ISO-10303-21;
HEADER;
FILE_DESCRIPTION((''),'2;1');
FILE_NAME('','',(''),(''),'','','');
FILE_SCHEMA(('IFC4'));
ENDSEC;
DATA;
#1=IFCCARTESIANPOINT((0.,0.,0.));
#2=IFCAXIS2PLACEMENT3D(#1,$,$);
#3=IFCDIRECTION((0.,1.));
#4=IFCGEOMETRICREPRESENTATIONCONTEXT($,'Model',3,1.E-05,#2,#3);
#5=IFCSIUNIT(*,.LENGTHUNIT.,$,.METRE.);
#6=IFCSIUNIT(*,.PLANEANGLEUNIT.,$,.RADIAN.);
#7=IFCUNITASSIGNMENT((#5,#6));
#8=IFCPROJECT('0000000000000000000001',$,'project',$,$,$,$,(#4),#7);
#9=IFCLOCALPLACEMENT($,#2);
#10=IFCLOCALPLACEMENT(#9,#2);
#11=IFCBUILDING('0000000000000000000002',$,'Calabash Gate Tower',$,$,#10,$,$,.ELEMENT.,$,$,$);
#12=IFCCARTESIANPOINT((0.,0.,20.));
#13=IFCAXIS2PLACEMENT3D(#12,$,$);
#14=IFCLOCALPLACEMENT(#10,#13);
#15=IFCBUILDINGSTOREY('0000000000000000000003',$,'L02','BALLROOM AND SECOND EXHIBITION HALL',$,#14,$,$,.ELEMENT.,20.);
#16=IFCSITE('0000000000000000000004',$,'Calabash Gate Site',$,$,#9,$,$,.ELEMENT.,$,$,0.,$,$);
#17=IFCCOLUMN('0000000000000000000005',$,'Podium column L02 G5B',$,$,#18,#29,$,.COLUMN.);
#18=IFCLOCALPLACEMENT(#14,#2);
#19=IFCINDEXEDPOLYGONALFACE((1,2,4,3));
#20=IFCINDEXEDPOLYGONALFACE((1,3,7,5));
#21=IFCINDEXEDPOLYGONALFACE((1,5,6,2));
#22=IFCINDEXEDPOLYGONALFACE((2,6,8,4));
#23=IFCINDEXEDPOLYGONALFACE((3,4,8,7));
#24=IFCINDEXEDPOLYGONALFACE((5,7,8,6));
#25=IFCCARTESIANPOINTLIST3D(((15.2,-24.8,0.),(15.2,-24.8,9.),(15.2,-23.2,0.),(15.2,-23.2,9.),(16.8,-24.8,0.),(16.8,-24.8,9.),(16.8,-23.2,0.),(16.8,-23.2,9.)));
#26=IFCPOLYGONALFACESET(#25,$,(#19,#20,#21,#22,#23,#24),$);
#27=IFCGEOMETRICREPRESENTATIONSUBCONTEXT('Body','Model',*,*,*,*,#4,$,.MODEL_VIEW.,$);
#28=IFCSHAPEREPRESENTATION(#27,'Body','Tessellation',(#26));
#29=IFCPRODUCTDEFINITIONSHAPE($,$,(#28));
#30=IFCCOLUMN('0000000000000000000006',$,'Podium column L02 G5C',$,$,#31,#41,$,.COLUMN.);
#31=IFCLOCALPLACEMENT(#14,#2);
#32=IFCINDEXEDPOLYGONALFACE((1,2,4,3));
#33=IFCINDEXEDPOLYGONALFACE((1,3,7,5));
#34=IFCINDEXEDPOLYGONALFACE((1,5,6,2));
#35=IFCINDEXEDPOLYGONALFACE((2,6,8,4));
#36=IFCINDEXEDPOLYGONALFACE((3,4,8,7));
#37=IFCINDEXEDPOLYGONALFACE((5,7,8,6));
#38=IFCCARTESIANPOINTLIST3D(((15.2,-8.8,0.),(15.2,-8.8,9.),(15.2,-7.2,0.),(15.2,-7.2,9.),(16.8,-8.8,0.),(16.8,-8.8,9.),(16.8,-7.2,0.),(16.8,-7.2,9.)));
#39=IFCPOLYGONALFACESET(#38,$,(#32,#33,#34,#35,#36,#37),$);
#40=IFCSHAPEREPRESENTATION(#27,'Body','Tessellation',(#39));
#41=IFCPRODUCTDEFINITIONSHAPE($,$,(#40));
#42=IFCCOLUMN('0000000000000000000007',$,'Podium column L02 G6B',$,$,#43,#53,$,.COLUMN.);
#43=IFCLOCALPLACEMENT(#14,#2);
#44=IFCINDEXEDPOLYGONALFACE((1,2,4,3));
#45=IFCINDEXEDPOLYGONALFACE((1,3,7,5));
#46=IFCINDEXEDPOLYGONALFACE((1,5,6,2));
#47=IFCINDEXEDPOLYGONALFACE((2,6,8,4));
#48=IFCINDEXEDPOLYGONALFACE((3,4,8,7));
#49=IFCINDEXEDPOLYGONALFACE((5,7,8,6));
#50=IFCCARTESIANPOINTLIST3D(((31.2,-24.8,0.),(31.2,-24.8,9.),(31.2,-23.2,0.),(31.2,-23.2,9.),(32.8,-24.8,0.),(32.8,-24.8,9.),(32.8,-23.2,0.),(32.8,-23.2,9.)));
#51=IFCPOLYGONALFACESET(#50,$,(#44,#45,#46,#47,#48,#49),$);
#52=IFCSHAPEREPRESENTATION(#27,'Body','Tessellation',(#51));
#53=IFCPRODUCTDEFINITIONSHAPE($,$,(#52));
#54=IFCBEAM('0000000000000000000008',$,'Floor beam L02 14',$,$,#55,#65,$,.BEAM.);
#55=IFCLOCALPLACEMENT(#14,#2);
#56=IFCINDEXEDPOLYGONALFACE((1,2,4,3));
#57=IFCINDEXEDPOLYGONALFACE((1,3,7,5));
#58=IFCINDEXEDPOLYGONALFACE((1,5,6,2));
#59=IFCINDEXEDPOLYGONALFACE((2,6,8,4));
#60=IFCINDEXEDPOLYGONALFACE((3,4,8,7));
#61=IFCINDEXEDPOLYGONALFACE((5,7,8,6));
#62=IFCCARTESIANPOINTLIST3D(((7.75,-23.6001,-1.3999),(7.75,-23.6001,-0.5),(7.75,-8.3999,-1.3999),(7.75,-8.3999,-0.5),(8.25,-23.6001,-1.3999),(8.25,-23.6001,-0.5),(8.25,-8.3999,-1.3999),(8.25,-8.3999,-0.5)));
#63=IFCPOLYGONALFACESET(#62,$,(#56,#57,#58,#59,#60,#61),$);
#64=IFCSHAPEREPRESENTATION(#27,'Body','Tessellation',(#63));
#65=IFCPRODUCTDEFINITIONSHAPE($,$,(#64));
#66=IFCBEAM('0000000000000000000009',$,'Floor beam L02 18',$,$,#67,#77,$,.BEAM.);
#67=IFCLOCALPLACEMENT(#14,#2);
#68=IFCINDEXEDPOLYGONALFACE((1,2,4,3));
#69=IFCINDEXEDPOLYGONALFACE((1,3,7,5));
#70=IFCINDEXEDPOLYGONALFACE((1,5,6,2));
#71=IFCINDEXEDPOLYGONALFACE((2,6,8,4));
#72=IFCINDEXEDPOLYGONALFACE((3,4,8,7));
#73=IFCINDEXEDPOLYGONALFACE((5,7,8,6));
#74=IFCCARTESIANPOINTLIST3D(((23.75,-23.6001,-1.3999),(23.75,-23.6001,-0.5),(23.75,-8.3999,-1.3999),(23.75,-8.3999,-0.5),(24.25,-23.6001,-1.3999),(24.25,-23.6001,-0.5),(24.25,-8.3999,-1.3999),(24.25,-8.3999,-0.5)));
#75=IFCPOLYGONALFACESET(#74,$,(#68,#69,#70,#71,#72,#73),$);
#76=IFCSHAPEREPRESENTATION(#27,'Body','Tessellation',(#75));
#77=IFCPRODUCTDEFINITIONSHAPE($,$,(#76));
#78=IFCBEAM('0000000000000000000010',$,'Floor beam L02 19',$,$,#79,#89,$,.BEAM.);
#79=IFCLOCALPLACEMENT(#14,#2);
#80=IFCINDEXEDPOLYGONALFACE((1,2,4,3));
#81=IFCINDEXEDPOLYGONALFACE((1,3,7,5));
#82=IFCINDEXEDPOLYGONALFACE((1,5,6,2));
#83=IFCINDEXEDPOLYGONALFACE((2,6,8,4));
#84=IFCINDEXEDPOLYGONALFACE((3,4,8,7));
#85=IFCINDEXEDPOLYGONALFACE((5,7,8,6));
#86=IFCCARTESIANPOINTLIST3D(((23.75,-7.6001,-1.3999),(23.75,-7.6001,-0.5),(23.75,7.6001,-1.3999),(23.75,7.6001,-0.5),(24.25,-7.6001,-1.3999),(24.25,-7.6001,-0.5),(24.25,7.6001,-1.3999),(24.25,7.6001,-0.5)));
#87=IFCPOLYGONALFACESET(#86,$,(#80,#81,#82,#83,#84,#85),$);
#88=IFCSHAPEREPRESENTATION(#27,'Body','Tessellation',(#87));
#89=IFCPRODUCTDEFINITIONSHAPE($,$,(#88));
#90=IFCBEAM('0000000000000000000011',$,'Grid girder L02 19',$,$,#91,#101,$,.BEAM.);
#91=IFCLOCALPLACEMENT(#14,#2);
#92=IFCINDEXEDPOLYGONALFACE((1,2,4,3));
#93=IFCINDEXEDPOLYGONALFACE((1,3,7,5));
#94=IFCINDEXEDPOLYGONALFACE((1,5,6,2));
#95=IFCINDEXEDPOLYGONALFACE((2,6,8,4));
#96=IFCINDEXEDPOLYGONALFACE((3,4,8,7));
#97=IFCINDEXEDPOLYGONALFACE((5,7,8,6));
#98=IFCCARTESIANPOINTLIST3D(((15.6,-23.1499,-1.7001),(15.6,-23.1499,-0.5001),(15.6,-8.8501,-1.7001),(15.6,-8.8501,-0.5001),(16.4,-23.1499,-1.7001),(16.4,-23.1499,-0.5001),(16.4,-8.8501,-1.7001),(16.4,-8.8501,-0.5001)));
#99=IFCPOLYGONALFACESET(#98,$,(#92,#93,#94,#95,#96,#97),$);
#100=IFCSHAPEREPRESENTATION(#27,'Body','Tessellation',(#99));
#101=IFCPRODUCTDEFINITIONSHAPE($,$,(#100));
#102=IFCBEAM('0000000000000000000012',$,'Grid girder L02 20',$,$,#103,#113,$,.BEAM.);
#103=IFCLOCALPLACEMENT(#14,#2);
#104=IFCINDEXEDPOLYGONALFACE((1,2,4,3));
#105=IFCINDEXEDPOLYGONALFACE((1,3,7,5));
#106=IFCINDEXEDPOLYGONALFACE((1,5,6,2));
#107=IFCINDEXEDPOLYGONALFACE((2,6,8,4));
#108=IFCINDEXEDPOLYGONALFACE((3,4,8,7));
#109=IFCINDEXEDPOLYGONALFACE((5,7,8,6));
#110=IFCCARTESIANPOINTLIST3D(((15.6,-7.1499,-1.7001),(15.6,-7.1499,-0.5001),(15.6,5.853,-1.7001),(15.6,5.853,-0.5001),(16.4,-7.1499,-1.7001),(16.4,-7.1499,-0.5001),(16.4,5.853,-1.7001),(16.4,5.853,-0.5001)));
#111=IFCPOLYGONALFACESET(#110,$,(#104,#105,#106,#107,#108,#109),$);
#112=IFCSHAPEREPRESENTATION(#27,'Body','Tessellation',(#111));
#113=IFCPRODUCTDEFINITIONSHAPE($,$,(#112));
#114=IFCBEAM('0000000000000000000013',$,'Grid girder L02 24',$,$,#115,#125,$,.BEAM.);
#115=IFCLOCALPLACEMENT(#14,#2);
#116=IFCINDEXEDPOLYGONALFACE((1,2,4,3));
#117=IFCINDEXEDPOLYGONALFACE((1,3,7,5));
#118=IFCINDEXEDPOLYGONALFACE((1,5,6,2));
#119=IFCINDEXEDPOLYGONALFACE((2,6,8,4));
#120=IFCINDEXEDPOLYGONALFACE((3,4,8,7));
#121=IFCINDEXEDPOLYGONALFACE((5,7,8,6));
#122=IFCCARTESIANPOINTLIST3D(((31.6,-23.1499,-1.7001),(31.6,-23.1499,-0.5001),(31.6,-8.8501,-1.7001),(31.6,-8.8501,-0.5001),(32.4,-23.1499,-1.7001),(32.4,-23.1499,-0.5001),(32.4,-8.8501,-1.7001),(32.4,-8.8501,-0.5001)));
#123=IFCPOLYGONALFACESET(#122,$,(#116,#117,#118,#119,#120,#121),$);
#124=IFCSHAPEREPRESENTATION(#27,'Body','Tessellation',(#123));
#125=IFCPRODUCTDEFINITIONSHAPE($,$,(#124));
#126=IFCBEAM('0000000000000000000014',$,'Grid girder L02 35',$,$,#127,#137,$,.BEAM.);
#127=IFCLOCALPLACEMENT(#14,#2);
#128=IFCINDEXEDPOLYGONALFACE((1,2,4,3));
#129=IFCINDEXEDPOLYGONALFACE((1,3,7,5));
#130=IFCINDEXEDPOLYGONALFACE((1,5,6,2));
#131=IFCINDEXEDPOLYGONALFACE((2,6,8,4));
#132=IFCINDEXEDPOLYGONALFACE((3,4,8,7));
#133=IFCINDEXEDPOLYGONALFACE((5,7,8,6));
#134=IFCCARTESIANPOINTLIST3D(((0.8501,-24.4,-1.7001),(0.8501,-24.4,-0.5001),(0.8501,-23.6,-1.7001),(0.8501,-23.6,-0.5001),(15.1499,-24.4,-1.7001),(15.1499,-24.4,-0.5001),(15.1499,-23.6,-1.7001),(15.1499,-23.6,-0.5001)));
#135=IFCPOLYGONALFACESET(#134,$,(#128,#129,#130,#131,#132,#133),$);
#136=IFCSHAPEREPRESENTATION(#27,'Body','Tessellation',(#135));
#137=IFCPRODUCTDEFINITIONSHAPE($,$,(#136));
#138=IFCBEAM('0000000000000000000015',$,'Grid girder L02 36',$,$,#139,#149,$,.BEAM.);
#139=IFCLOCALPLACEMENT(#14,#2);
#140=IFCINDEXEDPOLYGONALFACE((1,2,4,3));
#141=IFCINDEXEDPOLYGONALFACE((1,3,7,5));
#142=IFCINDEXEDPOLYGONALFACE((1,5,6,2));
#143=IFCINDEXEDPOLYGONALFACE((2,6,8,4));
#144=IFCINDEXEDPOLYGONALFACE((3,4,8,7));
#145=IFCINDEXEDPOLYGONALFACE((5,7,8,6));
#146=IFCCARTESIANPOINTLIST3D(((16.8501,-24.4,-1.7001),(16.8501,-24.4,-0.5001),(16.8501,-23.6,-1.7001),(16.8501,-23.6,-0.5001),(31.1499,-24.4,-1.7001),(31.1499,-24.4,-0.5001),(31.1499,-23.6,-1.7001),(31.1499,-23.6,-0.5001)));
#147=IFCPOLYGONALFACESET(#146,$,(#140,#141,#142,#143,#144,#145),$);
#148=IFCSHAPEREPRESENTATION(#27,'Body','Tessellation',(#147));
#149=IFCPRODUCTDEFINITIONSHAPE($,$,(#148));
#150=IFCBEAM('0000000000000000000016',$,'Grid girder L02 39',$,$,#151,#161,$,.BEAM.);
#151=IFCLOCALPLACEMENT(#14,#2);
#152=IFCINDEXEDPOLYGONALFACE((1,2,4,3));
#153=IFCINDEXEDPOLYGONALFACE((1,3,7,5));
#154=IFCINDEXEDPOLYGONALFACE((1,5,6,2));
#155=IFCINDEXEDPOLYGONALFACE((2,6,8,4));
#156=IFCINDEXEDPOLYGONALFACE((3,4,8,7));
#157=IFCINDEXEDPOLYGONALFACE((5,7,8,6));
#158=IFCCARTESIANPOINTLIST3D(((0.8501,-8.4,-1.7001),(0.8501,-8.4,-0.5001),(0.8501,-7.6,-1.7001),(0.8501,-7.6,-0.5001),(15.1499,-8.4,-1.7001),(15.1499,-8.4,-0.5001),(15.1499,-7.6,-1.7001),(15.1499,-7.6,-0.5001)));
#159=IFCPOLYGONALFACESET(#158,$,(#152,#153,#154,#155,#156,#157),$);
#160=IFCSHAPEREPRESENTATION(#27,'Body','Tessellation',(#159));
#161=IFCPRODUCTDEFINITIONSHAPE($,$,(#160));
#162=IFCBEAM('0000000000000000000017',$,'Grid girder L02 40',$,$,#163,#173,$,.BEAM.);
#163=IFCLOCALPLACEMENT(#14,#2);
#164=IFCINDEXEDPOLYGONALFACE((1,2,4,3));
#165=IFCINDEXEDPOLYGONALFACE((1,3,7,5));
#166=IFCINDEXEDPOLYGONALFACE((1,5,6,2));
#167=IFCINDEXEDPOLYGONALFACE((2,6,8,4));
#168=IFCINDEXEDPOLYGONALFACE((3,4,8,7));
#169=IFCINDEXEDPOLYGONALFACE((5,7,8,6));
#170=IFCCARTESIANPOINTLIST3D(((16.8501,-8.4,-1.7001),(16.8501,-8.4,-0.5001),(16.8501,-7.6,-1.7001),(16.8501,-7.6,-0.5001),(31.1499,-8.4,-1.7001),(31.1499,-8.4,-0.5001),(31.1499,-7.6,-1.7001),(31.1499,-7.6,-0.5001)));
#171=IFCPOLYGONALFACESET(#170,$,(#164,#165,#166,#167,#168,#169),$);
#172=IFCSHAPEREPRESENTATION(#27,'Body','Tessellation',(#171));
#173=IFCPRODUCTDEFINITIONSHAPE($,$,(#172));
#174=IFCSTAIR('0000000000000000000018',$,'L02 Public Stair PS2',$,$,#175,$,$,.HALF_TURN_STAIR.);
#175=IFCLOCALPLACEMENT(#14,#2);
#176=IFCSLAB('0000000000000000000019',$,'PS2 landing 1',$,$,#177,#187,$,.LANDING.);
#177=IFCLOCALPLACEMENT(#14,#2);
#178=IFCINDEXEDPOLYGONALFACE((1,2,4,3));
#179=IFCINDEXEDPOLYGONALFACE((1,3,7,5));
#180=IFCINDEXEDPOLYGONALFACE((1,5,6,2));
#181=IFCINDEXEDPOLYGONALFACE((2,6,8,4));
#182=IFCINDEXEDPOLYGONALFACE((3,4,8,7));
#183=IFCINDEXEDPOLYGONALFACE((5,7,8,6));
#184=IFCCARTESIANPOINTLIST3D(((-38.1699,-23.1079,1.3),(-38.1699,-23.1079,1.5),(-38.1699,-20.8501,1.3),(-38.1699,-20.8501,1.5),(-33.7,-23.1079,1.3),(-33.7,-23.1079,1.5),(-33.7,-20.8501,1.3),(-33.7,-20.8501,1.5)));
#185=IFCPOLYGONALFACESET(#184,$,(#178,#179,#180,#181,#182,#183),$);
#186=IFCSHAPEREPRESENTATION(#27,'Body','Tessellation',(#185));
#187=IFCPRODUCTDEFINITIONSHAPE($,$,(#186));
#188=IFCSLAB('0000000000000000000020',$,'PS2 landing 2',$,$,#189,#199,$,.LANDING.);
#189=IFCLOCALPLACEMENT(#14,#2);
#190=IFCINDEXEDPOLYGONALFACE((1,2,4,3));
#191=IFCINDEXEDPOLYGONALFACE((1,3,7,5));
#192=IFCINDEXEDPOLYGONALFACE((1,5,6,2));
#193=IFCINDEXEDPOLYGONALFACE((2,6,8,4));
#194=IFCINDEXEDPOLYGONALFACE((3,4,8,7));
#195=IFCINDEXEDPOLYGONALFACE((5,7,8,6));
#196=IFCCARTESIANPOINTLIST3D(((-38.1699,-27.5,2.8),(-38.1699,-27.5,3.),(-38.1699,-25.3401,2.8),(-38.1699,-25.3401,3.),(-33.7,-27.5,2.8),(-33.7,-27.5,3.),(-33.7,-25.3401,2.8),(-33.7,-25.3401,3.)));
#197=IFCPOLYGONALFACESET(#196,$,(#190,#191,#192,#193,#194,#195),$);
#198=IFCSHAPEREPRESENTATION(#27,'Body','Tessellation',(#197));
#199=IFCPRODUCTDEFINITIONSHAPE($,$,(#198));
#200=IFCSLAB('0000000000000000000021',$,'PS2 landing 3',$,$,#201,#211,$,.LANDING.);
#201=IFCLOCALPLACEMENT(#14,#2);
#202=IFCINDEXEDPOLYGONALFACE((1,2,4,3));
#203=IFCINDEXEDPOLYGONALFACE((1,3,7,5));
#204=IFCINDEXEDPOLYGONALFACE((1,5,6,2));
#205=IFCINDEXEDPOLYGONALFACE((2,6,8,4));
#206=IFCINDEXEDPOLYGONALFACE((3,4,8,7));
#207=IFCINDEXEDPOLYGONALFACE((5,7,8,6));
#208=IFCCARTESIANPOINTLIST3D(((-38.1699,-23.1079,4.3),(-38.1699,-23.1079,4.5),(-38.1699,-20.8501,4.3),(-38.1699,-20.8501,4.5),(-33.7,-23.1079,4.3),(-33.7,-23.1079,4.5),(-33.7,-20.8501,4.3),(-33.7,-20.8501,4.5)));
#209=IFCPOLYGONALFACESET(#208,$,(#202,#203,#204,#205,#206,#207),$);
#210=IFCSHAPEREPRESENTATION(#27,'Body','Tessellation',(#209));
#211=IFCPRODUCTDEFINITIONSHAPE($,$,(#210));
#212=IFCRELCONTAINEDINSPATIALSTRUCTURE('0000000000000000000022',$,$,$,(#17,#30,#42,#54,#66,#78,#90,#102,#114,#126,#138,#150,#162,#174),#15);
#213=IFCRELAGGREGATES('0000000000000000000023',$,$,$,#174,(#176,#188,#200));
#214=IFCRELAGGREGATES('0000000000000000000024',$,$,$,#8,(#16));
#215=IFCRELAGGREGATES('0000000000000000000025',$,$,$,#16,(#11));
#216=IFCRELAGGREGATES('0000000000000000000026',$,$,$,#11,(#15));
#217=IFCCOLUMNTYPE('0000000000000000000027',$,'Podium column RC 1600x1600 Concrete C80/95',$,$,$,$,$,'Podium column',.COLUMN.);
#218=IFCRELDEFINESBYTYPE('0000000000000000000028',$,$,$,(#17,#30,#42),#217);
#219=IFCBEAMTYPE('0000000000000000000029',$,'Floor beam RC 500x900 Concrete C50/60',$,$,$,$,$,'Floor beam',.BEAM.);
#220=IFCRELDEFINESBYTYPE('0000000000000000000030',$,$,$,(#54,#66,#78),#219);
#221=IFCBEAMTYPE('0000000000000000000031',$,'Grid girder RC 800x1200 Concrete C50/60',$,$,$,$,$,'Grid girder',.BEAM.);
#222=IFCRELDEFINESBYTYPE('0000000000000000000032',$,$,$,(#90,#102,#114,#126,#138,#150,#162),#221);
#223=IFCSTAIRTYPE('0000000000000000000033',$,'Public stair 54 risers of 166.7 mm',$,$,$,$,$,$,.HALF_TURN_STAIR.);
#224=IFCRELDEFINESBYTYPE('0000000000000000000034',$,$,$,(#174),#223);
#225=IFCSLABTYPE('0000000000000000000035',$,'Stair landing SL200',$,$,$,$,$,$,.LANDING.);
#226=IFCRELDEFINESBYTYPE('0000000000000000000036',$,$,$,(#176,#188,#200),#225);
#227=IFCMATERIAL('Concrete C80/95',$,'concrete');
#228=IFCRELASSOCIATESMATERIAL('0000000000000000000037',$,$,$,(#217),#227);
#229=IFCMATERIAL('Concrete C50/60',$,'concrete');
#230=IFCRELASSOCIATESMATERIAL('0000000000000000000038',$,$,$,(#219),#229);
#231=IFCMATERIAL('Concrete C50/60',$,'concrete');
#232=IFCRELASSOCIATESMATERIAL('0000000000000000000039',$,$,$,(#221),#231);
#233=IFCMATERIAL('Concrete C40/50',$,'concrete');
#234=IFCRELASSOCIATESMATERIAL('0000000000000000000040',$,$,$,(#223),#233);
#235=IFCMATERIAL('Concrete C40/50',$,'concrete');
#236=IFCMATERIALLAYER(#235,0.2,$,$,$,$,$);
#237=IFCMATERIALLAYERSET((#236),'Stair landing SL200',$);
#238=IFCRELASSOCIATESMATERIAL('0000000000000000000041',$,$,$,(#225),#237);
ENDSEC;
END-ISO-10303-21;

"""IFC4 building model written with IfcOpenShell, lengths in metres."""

from ifc_helpers import new_model, si_unit, direction, frame, origin, origin_2d, place, context, subcontext, project, spatial, polyline, rectangle, outline, extrude, material, layer, layer_set, material_profile, profile_set, type_object, element, aggregate, save


model = new_model("IFC4")

# Units and contexts
model_context = context("Model", 3, precision=1e-05, world=origin(), true_north=direction((0.0, 1.0)))
body_context = subcontext(model_context, "Body", "Model", "MODEL_VIEW")
ifc_project = project(units=[si_unit("LENGTHUNIT", "METRE"), si_unit("PLANEANGLEUNIT", "RADIAN")], contexts=[model_context])

# Site, building, storey
site_placement = place(None, origin())
site = spatial("IfcSite", under=ifc_project, at=site_placement, Name="Calabash Gate Site", CompositionType="ELEMENT", RefElevation=0.0)
building_placement = place(site_placement, origin())
building = spatial("IfcBuilding", under=site, at=building_placement, Name="Calabash Gate Tower", CompositionType="ELEMENT")
storey_placement = place(building_placement, frame((0.0, 0.0, 20.0)))
storey = spatial("IfcBuildingStorey", under=building, at=storey_placement, Name="L02", Description="BALLROOM AND SECOND EXHIBITION HALL", CompositionType="ELEMENT", Elevation=20.0)

# Columns
ifc_material_1 = material(Name="Concrete C80/95", Category="concrete")
ifc_material_profile_1 = material_profile(ifc_material_1, rectangle(XDim=1.6001, YDim=1.6001, at=origin_2d()))
ifc_profile_set_1 = profile_set([ifc_material_profile_1], Name="Concrete C80/95")
column_type = type_object("IfcColumnType", Name="Podium column RC 1600x1600 Concrete C80/95", ElementType="Podium column", PredefinedType="COLUMN", material=ifc_profile_set_1)
for number, where, z_axis, x_axis, name in (
    (1, (16.0, -24.0, 0.0), (0.0, 0.0, 1.0), (1.0, 0.0, 0.0), "Podium column L02 G5B"),
    (2, (16.0, -8.0, 0.0), (0.0, 0.0, 1.0), (1.0, 0.0, 0.0), "Podium column L02 G5C"),
    (3, (32.0, -24.0, 0.0), (0.0, 0.0, 1.0), (1.0, 0.0, 0.0), "Podium column L02 G6B"),
):
    element("IfcColumn", number, at=place(storey_placement, frame(where, z_axis=z_axis, x_axis=x_axis)), inside=storey, type_object=column_type, Name=name, PredefinedType="COLUMN", context=body_context, shape_type="SweptSolid", body=[
        extrude(rectangle(XDim=1.6001, YDim=1.6001, at=origin_2d()), origin(), (0.0, 0.0, 1.0), 9.0),
    ])

# Beams
ifc_material_2 = material(Name="Concrete C50/60", Category="concrete")
ifc_material_profile_2 = material_profile(ifc_material_2, rectangle(XDim=0.5, YDim=0.8999, at=origin_2d()))
ifc_profile_set_2 = profile_set([ifc_material_profile_2], Name="Concrete C50/60")
beam_type_1 = type_object("IfcBeamType", Name="Floor beam RC 500x900 Concrete C50/60", ElementType="Floor beam", PredefinedType="BEAM", material=ifc_profile_set_2)
for number, where, z_axis, x_axis, name in (
    (4, (8.0, -23.6001, -0.95), (0.0, 1.0, 0.0), (-1.0, 0.0, 0.0), "Floor beam L02 14"),
    (5, (24.0, -23.6001, -0.95), (0.0, 1.0, 0.0), (-1.0, 0.0, 0.0), "Floor beam L02 18"),
    (6, (24.0, -7.6001, -0.95), (0.0, 1.0, 0.0), (-1.0, 0.0, 0.0), "Floor beam L02 19"),
):
    element("IfcBeam", number, at=place(storey_placement, frame(where, z_axis=z_axis, x_axis=x_axis)), inside=storey, type_object=beam_type_1, Name=name, PredefinedType="BEAM", context=body_context, shape_type="SweptSolid", body=[
        extrude(rectangle(XDim=0.5, YDim=0.8999, at=origin_2d()), origin(), (0.0, 0.0, 1.0), 15.2002),
    ])
ifc_material_3 = material(Name="Concrete C50/60", Category="concrete")
ifc_material_profile_3 = material_profile(ifc_material_3, rectangle(XDim=0.8, YDim=1.2, at=origin_2d()))
ifc_profile_set_3 = profile_set([ifc_material_profile_3], Name="Concrete C50/60")
beam_type_2 = type_object("IfcBeamType", Name="Grid girder RC 800x1200 Concrete C50/60", ElementType="Grid girder", PredefinedType="BEAM", material=ifc_profile_set_3)
beam_1_placement = place(storey_placement, frame((16.0, -23.1499, -1.1001), z_axis=(0.0, 1.0, 0.0), x_axis=(-1.0, 0.0, 0.0)))
element("IfcBeam", 7, at=beam_1_placement, inside=storey, type_object=beam_type_2, Name="Grid girder L02 19", PredefinedType="BEAM", context=body_context, shape_type="SweptSolid", body=[
    extrude(rectangle(XDim=0.8, YDim=1.2, at=origin_2d()), origin(), (0.0, 0.0, 1.0), 14.2998),
])
beam_2_placement = place(storey_placement, frame((16.0, -7.1499, -1.1001), z_axis=(0.0, 1.0, 0.0), x_axis=(-1.0, 0.0, 0.0)))
element("IfcBeam", 8, at=beam_2_placement, inside=storey, type_object=beam_type_2, Name="Grid girder L02 20", PredefinedType="BEAM", context=body_context, shape_type="SweptSolid", body=[
    extrude(rectangle(XDim=0.8, YDim=1.2, at=origin_2d()), origin(), (0.0, 0.0, 1.0), 13.0029),
])
for number, where, z_axis, x_axis, name in (
    (9, (32.0, -23.1499, -1.1001), (0.0, 1.0, 0.0), (-1.0, 0.0, 0.0), "Grid girder L02 24"),
    (10, (0.8501, -24.0, -1.1001), (1.0, 0.0, 0.0), (0.0, 1.0, 0.0), "Grid girder L02 35"),
    (11, (16.8501, -24.0, -1.1001), (1.0, 0.0, 0.0), (0.0, 1.0, 0.0), "Grid girder L02 36"),
    (12, (0.8501, -8.0, -1.1001), (1.0, 0.0, 0.0), (0.0, 1.0, 0.0), "Grid girder L02 39"),
    (13, (16.8501, -8.0, -1.1001), (1.0, 0.0, 0.0), (0.0, 1.0, 0.0), "Grid girder L02 40"),
):
    element("IfcBeam", number, at=place(storey_placement, frame(where, z_axis=z_axis, x_axis=x_axis)), inside=storey, type_object=beam_type_2, Name=name, PredefinedType="BEAM", context=body_context, shape_type="SweptSolid", body=[
        extrude(rectangle(XDim=0.8, YDim=1.2, at=origin_2d()), origin(), (0.0, 0.0, 1.0), 14.2998),
    ])

# Stair, slabs
ifc_material_4 = material(Name="Concrete C40/50", Category="concrete")
stair_type = type_object("IfcStairType", Name="Public stair 54 risers of 166.7 mm", PredefinedType="HALF_TURN_STAIR", material=ifc_material_4)
stair_1_placement = place(storey_placement, origin())
stair_1 = element("IfcStair", 14, at=stair_1_placement, inside=storey, type_object=stair_type, Name="L02 Public Stair PS2", PredefinedType="HALF_TURN_STAIR")
ifc_material_5 = material(Name="Concrete C40/50", Category="concrete")
ifc_layer_1 = layer(ifc_material_5, 0.2)
ifc_layer_set_1 = layer_set([ifc_layer_1], Name="Stair landing SL200")
slab_type = type_object("IfcSlabType", Name="Stair landing SL200", PredefinedType="LANDING", material=ifc_layer_set_1)
slab_1_placement = place(storey_placement, frame((0.0, 0.0, 1.3)))
slab_1 = element("IfcSlab", 15, at=slab_1_placement, type_object=slab_type, Name="PS2 landing 1", PredefinedType="LANDING", context=body_context, shape_type="SweptSolid", body=[
    extrude(outline(polyline([(-33.7, -23.1079), (-33.7, -20.8501), (-38.1699, -20.8501), (-38.1699, -23.1079), (-33.7, -23.1079)])), origin(), (0.0, 0.0, 1.0), 0.2),
])
slab_2_placement = place(storey_placement, frame((0.0, 0.0, 2.8)))
slab_2 = element("IfcSlab", 16, at=slab_2_placement, type_object=slab_type, Name="PS2 landing 2", PredefinedType="LANDING", context=body_context, shape_type="SweptSolid", body=[
    extrude(outline(polyline([(-33.7, -27.5), (-33.7, -25.3401), (-38.1699, -25.3401), (-38.1699, -27.5), (-33.7, -27.5)])), origin(), (0.0, 0.0, 1.0), 0.2),
])
slab_3_placement = place(storey_placement, frame((0.0, 0.0, 4.3)))
slab_3 = element("IfcSlab", 17, at=slab_3_placement, type_object=slab_type, Name="PS2 landing 3", PredefinedType="LANDING", context=body_context, shape_type="SweptSolid", body=[
    extrude(outline(polyline([(-33.7, -23.1079), (-33.7, -20.8501), (-38.1699, -20.8501), (-38.1699, -23.1079), (-33.7, -23.1079)])), origin(), (0.0, 0.0, 1.0), 0.2),
])
aggregate(stair_1, [slab_1, slab_2, slab_3])

save(model, "model.ifc")
